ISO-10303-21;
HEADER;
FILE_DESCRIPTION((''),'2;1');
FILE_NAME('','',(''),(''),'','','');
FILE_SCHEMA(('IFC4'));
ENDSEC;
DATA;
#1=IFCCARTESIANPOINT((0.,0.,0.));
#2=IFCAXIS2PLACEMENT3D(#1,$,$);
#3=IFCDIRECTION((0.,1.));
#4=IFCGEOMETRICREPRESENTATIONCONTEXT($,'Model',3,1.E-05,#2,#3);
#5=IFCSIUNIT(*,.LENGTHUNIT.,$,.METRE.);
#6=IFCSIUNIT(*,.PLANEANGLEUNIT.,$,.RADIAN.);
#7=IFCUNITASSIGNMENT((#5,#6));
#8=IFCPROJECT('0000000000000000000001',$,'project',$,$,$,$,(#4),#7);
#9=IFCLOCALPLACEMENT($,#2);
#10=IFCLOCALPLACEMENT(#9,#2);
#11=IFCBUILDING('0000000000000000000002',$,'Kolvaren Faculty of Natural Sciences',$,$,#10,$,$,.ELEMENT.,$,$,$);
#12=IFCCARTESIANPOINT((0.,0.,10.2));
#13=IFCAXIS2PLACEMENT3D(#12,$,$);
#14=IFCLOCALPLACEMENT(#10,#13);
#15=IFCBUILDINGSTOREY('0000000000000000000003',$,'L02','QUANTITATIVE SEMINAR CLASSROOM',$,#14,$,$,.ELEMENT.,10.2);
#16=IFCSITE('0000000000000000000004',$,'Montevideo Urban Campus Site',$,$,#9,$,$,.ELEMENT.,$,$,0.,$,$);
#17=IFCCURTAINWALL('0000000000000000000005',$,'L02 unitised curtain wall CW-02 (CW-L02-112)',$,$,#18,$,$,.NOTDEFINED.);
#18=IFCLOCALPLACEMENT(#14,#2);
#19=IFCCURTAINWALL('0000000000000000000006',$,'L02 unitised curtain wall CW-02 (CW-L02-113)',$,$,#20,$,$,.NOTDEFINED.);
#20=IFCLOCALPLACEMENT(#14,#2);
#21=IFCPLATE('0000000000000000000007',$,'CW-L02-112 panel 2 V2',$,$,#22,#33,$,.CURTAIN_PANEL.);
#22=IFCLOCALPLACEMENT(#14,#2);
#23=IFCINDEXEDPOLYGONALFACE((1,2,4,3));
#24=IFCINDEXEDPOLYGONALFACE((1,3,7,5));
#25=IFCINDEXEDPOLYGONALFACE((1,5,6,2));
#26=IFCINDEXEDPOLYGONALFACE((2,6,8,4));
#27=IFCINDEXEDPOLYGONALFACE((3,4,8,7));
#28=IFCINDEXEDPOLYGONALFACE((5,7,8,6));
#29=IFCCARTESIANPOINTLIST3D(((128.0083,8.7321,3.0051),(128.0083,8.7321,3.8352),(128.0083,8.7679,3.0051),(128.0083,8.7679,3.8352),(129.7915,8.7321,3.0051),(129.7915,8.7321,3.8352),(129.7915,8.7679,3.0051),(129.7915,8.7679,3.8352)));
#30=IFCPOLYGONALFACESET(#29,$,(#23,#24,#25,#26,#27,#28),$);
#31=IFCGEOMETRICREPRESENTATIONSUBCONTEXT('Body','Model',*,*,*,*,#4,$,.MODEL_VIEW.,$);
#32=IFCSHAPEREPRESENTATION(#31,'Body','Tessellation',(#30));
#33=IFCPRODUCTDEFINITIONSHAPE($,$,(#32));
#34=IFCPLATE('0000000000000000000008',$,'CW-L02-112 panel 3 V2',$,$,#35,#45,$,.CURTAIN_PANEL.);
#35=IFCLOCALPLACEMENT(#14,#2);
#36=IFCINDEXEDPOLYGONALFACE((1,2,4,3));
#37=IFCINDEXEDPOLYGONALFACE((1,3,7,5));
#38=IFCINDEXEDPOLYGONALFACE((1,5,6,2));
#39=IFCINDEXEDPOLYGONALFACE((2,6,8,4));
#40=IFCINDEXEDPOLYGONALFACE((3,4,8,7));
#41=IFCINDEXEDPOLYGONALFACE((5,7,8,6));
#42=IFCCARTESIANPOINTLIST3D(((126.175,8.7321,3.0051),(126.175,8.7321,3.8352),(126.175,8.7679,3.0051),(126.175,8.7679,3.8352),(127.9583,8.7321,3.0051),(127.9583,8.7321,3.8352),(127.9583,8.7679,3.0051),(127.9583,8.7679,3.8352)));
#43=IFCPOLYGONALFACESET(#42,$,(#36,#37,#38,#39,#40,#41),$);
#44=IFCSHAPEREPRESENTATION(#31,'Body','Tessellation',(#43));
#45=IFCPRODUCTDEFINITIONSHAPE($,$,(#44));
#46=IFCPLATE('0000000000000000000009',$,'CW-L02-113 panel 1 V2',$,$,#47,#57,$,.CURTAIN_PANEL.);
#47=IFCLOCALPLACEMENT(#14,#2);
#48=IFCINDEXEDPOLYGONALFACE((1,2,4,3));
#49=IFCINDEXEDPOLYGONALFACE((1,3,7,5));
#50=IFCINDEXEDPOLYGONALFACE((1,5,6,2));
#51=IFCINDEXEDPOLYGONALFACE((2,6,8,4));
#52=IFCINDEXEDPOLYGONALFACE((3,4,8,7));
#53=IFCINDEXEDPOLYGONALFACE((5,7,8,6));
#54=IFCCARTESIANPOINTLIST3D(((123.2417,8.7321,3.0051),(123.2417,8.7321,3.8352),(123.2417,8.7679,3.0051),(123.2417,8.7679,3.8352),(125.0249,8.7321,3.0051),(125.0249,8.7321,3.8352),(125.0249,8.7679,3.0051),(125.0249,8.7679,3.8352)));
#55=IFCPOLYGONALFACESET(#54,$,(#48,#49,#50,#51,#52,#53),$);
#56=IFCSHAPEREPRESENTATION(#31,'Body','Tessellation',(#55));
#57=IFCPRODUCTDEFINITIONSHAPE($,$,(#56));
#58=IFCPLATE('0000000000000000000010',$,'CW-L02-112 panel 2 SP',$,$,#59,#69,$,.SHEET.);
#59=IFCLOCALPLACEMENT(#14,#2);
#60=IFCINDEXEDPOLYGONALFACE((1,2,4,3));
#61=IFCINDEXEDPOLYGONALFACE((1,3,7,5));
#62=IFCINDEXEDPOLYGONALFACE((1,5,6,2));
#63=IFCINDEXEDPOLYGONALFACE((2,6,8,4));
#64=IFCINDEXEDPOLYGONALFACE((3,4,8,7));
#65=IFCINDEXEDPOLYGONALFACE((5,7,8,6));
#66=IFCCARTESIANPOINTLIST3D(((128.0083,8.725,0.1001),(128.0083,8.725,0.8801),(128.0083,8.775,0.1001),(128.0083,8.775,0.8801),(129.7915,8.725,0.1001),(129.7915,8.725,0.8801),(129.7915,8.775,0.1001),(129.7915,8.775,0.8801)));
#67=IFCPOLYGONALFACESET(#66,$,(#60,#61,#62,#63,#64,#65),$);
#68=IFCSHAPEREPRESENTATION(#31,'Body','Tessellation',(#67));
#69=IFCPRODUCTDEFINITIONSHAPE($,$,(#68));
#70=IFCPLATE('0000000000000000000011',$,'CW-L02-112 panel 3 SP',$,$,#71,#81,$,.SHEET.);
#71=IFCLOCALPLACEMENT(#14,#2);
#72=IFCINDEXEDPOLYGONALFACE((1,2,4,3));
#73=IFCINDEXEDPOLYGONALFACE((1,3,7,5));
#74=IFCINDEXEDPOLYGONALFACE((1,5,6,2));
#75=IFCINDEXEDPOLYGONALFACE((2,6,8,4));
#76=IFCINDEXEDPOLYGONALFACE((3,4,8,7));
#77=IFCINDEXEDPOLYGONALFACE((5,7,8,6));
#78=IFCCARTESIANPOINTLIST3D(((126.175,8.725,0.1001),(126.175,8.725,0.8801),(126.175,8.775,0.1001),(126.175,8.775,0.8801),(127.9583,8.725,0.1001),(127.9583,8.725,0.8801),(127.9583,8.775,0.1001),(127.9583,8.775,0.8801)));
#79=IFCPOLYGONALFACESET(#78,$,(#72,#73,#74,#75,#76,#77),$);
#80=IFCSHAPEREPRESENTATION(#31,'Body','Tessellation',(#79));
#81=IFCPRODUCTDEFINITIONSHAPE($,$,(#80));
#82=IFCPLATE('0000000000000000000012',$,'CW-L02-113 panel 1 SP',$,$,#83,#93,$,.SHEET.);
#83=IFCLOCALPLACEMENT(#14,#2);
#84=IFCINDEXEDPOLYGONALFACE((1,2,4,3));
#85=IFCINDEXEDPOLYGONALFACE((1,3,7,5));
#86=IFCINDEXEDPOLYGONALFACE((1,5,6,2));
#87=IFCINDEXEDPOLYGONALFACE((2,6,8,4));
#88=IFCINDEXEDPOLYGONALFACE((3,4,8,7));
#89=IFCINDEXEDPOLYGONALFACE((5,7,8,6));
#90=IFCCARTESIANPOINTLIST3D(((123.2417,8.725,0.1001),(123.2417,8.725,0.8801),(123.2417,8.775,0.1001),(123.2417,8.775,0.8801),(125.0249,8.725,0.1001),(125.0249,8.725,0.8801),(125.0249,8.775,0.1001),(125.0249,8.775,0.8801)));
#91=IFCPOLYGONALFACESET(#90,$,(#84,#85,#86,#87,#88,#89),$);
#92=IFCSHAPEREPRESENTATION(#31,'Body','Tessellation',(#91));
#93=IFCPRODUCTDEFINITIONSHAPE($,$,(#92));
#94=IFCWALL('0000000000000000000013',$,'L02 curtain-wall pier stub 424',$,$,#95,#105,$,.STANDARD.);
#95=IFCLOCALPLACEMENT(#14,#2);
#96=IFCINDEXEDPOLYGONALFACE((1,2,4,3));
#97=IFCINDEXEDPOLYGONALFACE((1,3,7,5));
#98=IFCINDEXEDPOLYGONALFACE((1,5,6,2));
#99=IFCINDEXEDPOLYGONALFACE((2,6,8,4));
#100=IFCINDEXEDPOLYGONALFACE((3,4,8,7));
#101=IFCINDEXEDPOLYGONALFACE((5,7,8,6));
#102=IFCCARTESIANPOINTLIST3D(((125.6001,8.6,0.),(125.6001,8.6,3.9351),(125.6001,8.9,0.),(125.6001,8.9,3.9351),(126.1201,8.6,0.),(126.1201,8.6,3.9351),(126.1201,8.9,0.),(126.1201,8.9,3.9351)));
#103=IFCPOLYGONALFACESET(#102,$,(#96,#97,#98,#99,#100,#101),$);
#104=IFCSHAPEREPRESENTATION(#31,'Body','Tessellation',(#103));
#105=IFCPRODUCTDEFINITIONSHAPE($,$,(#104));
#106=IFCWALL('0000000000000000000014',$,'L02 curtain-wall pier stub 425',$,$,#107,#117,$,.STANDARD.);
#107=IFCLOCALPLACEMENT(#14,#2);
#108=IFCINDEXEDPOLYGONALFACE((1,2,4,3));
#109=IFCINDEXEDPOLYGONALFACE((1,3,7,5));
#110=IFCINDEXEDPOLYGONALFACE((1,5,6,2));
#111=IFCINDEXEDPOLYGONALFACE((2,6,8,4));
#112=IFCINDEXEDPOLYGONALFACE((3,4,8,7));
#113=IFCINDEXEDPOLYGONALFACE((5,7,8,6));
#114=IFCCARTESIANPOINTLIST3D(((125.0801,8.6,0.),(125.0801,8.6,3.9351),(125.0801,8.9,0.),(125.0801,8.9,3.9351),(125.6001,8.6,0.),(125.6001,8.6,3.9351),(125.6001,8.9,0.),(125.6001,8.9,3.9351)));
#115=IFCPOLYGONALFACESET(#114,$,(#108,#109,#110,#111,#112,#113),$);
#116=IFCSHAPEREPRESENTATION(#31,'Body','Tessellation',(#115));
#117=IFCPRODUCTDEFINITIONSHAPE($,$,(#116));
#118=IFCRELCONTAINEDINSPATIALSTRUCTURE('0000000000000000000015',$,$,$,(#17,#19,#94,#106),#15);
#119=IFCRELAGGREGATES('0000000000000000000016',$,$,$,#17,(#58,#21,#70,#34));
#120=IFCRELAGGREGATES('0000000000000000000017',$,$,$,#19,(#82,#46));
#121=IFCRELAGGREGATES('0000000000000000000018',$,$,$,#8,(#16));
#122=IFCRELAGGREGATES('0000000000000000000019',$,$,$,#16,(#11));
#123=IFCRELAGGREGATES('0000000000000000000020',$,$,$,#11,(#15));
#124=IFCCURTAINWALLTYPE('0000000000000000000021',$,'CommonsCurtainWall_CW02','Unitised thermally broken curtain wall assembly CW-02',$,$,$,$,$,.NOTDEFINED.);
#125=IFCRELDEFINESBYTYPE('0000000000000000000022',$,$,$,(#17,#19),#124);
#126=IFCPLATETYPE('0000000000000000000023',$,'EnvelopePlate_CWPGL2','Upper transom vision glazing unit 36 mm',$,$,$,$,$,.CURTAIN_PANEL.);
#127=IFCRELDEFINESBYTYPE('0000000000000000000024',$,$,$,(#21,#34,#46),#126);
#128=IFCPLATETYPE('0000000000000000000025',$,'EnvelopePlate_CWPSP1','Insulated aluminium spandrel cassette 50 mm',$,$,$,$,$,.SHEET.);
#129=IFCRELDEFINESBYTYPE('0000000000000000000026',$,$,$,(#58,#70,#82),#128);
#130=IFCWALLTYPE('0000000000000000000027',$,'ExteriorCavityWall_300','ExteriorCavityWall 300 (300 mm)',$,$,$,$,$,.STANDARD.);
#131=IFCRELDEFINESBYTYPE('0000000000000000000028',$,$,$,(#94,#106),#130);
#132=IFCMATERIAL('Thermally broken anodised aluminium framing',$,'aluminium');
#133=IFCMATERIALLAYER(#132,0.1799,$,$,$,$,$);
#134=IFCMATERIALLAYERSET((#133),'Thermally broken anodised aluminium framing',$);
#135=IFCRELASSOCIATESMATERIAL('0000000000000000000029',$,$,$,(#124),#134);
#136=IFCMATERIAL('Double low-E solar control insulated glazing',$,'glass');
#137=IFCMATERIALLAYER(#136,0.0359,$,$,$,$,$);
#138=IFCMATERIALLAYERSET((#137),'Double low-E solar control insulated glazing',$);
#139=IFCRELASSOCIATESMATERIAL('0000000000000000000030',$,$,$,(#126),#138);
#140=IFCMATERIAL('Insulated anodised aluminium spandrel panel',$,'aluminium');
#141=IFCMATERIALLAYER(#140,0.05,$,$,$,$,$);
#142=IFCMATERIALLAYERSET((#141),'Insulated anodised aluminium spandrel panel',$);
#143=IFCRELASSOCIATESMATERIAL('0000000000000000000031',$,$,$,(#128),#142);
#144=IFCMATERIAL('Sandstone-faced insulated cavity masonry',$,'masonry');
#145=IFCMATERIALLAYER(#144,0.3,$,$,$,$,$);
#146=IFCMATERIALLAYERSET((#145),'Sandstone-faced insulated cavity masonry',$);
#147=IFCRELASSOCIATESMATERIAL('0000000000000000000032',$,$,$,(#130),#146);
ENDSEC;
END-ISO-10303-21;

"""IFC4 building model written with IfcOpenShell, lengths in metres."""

from ifc_helpers import new_model, si_unit, direction, frame, frame_2d, origin, origin_2d, place, context, subcontext, project, spatial, rectangle, extrude, material, layer, layer_set, type_object, element, aggregate, save


model = new_model("IFC4")

# Units and contexts
model_context = context("Model", 3, precision=1e-05, world=origin(), true_north=direction((0.0, 1.0)))
body_context = subcontext(model_context, "Body", "Model", "MODEL_VIEW")
ifc_project = project(units=[si_unit("LENGTHUNIT", "METRE"), si_unit("PLANEANGLEUNIT", "RADIAN")], contexts=[model_context])

# Site, building, storey
site_placement = place(None, origin())
site = spatial("IfcSite", under=ifc_project, at=site_placement, Name="Montevideo Urban Campus Site", CompositionType="ELEMENT", RefElevation=0.0)
building_placement = place(site_placement, origin())
building = spatial("IfcBuilding", under=site, at=building_placement, Name="Kolvaren Faculty of Natural Sciences", CompositionType="ELEMENT")
storey_placement = place(building_placement, frame((0.0, 0.0, 10.2)))
storey = spatial("IfcBuildingStorey", under=building, at=storey_placement, Name="L02", Description="QUANTITATIVE SEMINAR CLASSROOM", CompositionType="ELEMENT", Elevation=10.2)

# Curtain walls
ifc_material_1 = material(Name="Thermally broken anodised aluminium framing", Category="aluminium")
ifc_layer_1 = layer(ifc_material_1, 0.1799)
ifc_layer_set_1 = layer_set([ifc_layer_1], Name="Thermally broken anodised aluminium framing")
curtain_wall_type = type_object("IfcCurtainWallType", Name="CommonsCurtainWall_CW02", Description="Unitised thermally broken curtain wall assembly CW-02", PredefinedType="NOTDEFINED", material=ifc_layer_set_1)
curtain_wall_1_placement = place(storey_placement, origin())
curtain_wall_1 = element("IfcCurtainWall", 1, at=curtain_wall_1_placement, inside=storey, type_object=curtain_wall_type, Name="L02 unitised curtain wall CW-02 (CW-L02-112)", PredefinedType="NOTDEFINED")
curtain_wall_2_placement = place(storey_placement, origin())
curtain_wall_2 = element("IfcCurtainWall", 2, at=curtain_wall_2_placement, inside=storey, type_object=curtain_wall_type, Name="L02 unitised curtain wall CW-02 (CW-L02-113)", PredefinedType="NOTDEFINED")

# Plates
ifc_material_2 = material(Name="Double low-E solar control insulated glazing", Category="glass")
ifc_layer_2 = layer(ifc_material_2, 0.0359)
ifc_layer_set_2 = layer_set([ifc_layer_2], Name="Double low-E solar control insulated glazing")
plate_type_1 = type_object("IfcPlateType", Name="EnvelopePlate_CWPGL2", Description="Upper transom vision glazing unit 36 mm", PredefinedType="CURTAIN_PANEL", material=ifc_layer_set_2)
plate_1_placement = place(storey_placement, frame((128.8999, 8.75, 3.0051), z_axis=(0.0, 0.0, 1.0), x_axis=(-1.0, 0.0, 0.0)))
plate_1 = element("IfcPlate", 3, at=plate_1_placement, type_object=plate_type_1, Name="CW-L02-112 panel 2 V2", PredefinedType="CURTAIN_PANEL", context=body_context, shape_type="SweptSolid", body=[
    extrude(rectangle(XDim=1.7832, YDim=0.0359, at=origin_2d()), origin(), (0.0, 0.0, 1.0), 0.8301),
])
plate_2_placement = place(storey_placement, frame((127.0667, 8.75, 3.0051), z_axis=(0.0, 0.0, 1.0), x_axis=(-1.0, 0.0, 0.0)))
plate_2 = element("IfcPlate", 4, at=plate_2_placement, type_object=plate_type_1, Name="CW-L02-112 panel 3 V2", PredefinedType="CURTAIN_PANEL", context=body_context, shape_type="SweptSolid", body=[
    extrude(rectangle(XDim=1.7832, YDim=0.0359, at=origin_2d()), origin(), (0.0, 0.0, 1.0), 0.8301),
])
plate_3_placement = place(storey_placement, frame((124.1333, 8.75, 3.0051), z_axis=(0.0, 0.0, 1.0), x_axis=(-1.0, 0.0, 0.0)))
plate_3 = element("IfcPlate", 5, at=plate_3_placement, type_object=plate_type_1, Name="CW-L02-113 panel 1 V2", PredefinedType="CURTAIN_PANEL", context=body_context, shape_type="SweptSolid", body=[
    extrude(rectangle(XDim=1.7832, YDim=0.0359, at=origin_2d()), origin(), (0.0, 0.0, 1.0), 0.8301),
])
ifc_material_3 = material(Name="Insulated anodised aluminium spandrel panel", Category="aluminium")
ifc_layer_3 = layer(ifc_material_3, 0.05)
ifc_layer_set_3 = layer_set([ifc_layer_3], Name="Insulated anodised aluminium spandrel panel")
plate_type_2 = type_object("IfcPlateType", Name="EnvelopePlate_CWPSP1", Description="Insulated aluminium spandrel cassette 50 mm", PredefinedType="SHEET", material=ifc_layer_set_3)
plate_4_placement = place(storey_placement, frame((128.8999, 8.75, 0.1001), z_axis=(0.0, 0.0, 1.0), x_axis=(-1.0, 0.0, 0.0)))
plate_4 = element("IfcPlate", 6, at=plate_4_placement, type_object=plate_type_2, Name="CW-L02-112 panel 2 SP", PredefinedType="SHEET", context=body_context, shape_type="SweptSolid", body=[
    extrude(rectangle(XDim=1.7832, YDim=0.05, at=origin_2d()), origin(), (0.0, 0.0, 1.0), 0.78),
])
plate_5_placement = place(storey_placement, frame((127.0667, 8.75, 0.1001), z_axis=(0.0, 0.0, 1.0), x_axis=(-1.0, 0.0, 0.0)))
plate_5 = element("IfcPlate", 7, at=plate_5_placement, type_object=plate_type_2, Name="CW-L02-112 panel 3 SP", PredefinedType="SHEET", context=body_context, shape_type="SweptSolid", body=[
    extrude(rectangle(XDim=1.7832, YDim=0.05, at=origin_2d()), origin(), (0.0, 0.0, 1.0), 0.78),
])
aggregate(curtain_wall_1, [plate_4, plate_1, plate_5, plate_2])
plate_6_placement = place(storey_placement, frame((124.1333, 8.75, 0.1001), z_axis=(0.0, 0.0, 1.0), x_axis=(-1.0, 0.0, 0.0)))
plate_6 = element("IfcPlate", 8, at=plate_6_placement, type_object=plate_type_2, Name="CW-L02-113 panel 1 SP", PredefinedType="SHEET", context=body_context, shape_type="SweptSolid", body=[
    extrude(rectangle(XDim=1.7832, YDim=0.05, at=origin_2d()), origin(), (0.0, 0.0, 1.0), 0.78),
])
aggregate(curtain_wall_2, [plate_6, plate_3])

# Walls
ifc_material_4 = material(Name="Sandstone-faced insulated cavity masonry", Category="masonry")
ifc_layer_4 = layer(ifc_material_4, 0.3)
ifc_layer_set_4 = layer_set([ifc_layer_4], Name="Sandstone-faced insulated cavity masonry")
wall_type = type_object("IfcWallType", Name="ExteriorCavityWall_300", Description="ExteriorCavityWall 300 (300 mm)", PredefinedType="STANDARD", material=ifc_layer_set_4)
for number, where, z_axis, x_axis, name in (
    (9, (126.1201, 8.75, 0.0), (0.0, 0.0, 1.0), (-1.0, 0.0, 0.0), "L02 curtain-wall pier stub 424"),
    (10, (125.6001, 8.75, 0.0), (0.0, 0.0, 1.0), (-1.0, 0.0, 0.0), "L02 curtain-wall pier stub 425"),
):
    element("IfcWall", number, at=place(storey_placement, frame(where, z_axis=z_axis, x_axis=x_axis)), inside=storey, type_object=wall_type, Name=name, PredefinedType="STANDARD", context=body_context, shape_type="SweptSolid", body=[
        extrude(rectangle(XDim=0.52, YDim=0.3, at=frame_2d((0.26, 0.0))), origin(), (0.0, 0.0, 1.0), 3.9351),
    ])

save(model, "model.ifc")
